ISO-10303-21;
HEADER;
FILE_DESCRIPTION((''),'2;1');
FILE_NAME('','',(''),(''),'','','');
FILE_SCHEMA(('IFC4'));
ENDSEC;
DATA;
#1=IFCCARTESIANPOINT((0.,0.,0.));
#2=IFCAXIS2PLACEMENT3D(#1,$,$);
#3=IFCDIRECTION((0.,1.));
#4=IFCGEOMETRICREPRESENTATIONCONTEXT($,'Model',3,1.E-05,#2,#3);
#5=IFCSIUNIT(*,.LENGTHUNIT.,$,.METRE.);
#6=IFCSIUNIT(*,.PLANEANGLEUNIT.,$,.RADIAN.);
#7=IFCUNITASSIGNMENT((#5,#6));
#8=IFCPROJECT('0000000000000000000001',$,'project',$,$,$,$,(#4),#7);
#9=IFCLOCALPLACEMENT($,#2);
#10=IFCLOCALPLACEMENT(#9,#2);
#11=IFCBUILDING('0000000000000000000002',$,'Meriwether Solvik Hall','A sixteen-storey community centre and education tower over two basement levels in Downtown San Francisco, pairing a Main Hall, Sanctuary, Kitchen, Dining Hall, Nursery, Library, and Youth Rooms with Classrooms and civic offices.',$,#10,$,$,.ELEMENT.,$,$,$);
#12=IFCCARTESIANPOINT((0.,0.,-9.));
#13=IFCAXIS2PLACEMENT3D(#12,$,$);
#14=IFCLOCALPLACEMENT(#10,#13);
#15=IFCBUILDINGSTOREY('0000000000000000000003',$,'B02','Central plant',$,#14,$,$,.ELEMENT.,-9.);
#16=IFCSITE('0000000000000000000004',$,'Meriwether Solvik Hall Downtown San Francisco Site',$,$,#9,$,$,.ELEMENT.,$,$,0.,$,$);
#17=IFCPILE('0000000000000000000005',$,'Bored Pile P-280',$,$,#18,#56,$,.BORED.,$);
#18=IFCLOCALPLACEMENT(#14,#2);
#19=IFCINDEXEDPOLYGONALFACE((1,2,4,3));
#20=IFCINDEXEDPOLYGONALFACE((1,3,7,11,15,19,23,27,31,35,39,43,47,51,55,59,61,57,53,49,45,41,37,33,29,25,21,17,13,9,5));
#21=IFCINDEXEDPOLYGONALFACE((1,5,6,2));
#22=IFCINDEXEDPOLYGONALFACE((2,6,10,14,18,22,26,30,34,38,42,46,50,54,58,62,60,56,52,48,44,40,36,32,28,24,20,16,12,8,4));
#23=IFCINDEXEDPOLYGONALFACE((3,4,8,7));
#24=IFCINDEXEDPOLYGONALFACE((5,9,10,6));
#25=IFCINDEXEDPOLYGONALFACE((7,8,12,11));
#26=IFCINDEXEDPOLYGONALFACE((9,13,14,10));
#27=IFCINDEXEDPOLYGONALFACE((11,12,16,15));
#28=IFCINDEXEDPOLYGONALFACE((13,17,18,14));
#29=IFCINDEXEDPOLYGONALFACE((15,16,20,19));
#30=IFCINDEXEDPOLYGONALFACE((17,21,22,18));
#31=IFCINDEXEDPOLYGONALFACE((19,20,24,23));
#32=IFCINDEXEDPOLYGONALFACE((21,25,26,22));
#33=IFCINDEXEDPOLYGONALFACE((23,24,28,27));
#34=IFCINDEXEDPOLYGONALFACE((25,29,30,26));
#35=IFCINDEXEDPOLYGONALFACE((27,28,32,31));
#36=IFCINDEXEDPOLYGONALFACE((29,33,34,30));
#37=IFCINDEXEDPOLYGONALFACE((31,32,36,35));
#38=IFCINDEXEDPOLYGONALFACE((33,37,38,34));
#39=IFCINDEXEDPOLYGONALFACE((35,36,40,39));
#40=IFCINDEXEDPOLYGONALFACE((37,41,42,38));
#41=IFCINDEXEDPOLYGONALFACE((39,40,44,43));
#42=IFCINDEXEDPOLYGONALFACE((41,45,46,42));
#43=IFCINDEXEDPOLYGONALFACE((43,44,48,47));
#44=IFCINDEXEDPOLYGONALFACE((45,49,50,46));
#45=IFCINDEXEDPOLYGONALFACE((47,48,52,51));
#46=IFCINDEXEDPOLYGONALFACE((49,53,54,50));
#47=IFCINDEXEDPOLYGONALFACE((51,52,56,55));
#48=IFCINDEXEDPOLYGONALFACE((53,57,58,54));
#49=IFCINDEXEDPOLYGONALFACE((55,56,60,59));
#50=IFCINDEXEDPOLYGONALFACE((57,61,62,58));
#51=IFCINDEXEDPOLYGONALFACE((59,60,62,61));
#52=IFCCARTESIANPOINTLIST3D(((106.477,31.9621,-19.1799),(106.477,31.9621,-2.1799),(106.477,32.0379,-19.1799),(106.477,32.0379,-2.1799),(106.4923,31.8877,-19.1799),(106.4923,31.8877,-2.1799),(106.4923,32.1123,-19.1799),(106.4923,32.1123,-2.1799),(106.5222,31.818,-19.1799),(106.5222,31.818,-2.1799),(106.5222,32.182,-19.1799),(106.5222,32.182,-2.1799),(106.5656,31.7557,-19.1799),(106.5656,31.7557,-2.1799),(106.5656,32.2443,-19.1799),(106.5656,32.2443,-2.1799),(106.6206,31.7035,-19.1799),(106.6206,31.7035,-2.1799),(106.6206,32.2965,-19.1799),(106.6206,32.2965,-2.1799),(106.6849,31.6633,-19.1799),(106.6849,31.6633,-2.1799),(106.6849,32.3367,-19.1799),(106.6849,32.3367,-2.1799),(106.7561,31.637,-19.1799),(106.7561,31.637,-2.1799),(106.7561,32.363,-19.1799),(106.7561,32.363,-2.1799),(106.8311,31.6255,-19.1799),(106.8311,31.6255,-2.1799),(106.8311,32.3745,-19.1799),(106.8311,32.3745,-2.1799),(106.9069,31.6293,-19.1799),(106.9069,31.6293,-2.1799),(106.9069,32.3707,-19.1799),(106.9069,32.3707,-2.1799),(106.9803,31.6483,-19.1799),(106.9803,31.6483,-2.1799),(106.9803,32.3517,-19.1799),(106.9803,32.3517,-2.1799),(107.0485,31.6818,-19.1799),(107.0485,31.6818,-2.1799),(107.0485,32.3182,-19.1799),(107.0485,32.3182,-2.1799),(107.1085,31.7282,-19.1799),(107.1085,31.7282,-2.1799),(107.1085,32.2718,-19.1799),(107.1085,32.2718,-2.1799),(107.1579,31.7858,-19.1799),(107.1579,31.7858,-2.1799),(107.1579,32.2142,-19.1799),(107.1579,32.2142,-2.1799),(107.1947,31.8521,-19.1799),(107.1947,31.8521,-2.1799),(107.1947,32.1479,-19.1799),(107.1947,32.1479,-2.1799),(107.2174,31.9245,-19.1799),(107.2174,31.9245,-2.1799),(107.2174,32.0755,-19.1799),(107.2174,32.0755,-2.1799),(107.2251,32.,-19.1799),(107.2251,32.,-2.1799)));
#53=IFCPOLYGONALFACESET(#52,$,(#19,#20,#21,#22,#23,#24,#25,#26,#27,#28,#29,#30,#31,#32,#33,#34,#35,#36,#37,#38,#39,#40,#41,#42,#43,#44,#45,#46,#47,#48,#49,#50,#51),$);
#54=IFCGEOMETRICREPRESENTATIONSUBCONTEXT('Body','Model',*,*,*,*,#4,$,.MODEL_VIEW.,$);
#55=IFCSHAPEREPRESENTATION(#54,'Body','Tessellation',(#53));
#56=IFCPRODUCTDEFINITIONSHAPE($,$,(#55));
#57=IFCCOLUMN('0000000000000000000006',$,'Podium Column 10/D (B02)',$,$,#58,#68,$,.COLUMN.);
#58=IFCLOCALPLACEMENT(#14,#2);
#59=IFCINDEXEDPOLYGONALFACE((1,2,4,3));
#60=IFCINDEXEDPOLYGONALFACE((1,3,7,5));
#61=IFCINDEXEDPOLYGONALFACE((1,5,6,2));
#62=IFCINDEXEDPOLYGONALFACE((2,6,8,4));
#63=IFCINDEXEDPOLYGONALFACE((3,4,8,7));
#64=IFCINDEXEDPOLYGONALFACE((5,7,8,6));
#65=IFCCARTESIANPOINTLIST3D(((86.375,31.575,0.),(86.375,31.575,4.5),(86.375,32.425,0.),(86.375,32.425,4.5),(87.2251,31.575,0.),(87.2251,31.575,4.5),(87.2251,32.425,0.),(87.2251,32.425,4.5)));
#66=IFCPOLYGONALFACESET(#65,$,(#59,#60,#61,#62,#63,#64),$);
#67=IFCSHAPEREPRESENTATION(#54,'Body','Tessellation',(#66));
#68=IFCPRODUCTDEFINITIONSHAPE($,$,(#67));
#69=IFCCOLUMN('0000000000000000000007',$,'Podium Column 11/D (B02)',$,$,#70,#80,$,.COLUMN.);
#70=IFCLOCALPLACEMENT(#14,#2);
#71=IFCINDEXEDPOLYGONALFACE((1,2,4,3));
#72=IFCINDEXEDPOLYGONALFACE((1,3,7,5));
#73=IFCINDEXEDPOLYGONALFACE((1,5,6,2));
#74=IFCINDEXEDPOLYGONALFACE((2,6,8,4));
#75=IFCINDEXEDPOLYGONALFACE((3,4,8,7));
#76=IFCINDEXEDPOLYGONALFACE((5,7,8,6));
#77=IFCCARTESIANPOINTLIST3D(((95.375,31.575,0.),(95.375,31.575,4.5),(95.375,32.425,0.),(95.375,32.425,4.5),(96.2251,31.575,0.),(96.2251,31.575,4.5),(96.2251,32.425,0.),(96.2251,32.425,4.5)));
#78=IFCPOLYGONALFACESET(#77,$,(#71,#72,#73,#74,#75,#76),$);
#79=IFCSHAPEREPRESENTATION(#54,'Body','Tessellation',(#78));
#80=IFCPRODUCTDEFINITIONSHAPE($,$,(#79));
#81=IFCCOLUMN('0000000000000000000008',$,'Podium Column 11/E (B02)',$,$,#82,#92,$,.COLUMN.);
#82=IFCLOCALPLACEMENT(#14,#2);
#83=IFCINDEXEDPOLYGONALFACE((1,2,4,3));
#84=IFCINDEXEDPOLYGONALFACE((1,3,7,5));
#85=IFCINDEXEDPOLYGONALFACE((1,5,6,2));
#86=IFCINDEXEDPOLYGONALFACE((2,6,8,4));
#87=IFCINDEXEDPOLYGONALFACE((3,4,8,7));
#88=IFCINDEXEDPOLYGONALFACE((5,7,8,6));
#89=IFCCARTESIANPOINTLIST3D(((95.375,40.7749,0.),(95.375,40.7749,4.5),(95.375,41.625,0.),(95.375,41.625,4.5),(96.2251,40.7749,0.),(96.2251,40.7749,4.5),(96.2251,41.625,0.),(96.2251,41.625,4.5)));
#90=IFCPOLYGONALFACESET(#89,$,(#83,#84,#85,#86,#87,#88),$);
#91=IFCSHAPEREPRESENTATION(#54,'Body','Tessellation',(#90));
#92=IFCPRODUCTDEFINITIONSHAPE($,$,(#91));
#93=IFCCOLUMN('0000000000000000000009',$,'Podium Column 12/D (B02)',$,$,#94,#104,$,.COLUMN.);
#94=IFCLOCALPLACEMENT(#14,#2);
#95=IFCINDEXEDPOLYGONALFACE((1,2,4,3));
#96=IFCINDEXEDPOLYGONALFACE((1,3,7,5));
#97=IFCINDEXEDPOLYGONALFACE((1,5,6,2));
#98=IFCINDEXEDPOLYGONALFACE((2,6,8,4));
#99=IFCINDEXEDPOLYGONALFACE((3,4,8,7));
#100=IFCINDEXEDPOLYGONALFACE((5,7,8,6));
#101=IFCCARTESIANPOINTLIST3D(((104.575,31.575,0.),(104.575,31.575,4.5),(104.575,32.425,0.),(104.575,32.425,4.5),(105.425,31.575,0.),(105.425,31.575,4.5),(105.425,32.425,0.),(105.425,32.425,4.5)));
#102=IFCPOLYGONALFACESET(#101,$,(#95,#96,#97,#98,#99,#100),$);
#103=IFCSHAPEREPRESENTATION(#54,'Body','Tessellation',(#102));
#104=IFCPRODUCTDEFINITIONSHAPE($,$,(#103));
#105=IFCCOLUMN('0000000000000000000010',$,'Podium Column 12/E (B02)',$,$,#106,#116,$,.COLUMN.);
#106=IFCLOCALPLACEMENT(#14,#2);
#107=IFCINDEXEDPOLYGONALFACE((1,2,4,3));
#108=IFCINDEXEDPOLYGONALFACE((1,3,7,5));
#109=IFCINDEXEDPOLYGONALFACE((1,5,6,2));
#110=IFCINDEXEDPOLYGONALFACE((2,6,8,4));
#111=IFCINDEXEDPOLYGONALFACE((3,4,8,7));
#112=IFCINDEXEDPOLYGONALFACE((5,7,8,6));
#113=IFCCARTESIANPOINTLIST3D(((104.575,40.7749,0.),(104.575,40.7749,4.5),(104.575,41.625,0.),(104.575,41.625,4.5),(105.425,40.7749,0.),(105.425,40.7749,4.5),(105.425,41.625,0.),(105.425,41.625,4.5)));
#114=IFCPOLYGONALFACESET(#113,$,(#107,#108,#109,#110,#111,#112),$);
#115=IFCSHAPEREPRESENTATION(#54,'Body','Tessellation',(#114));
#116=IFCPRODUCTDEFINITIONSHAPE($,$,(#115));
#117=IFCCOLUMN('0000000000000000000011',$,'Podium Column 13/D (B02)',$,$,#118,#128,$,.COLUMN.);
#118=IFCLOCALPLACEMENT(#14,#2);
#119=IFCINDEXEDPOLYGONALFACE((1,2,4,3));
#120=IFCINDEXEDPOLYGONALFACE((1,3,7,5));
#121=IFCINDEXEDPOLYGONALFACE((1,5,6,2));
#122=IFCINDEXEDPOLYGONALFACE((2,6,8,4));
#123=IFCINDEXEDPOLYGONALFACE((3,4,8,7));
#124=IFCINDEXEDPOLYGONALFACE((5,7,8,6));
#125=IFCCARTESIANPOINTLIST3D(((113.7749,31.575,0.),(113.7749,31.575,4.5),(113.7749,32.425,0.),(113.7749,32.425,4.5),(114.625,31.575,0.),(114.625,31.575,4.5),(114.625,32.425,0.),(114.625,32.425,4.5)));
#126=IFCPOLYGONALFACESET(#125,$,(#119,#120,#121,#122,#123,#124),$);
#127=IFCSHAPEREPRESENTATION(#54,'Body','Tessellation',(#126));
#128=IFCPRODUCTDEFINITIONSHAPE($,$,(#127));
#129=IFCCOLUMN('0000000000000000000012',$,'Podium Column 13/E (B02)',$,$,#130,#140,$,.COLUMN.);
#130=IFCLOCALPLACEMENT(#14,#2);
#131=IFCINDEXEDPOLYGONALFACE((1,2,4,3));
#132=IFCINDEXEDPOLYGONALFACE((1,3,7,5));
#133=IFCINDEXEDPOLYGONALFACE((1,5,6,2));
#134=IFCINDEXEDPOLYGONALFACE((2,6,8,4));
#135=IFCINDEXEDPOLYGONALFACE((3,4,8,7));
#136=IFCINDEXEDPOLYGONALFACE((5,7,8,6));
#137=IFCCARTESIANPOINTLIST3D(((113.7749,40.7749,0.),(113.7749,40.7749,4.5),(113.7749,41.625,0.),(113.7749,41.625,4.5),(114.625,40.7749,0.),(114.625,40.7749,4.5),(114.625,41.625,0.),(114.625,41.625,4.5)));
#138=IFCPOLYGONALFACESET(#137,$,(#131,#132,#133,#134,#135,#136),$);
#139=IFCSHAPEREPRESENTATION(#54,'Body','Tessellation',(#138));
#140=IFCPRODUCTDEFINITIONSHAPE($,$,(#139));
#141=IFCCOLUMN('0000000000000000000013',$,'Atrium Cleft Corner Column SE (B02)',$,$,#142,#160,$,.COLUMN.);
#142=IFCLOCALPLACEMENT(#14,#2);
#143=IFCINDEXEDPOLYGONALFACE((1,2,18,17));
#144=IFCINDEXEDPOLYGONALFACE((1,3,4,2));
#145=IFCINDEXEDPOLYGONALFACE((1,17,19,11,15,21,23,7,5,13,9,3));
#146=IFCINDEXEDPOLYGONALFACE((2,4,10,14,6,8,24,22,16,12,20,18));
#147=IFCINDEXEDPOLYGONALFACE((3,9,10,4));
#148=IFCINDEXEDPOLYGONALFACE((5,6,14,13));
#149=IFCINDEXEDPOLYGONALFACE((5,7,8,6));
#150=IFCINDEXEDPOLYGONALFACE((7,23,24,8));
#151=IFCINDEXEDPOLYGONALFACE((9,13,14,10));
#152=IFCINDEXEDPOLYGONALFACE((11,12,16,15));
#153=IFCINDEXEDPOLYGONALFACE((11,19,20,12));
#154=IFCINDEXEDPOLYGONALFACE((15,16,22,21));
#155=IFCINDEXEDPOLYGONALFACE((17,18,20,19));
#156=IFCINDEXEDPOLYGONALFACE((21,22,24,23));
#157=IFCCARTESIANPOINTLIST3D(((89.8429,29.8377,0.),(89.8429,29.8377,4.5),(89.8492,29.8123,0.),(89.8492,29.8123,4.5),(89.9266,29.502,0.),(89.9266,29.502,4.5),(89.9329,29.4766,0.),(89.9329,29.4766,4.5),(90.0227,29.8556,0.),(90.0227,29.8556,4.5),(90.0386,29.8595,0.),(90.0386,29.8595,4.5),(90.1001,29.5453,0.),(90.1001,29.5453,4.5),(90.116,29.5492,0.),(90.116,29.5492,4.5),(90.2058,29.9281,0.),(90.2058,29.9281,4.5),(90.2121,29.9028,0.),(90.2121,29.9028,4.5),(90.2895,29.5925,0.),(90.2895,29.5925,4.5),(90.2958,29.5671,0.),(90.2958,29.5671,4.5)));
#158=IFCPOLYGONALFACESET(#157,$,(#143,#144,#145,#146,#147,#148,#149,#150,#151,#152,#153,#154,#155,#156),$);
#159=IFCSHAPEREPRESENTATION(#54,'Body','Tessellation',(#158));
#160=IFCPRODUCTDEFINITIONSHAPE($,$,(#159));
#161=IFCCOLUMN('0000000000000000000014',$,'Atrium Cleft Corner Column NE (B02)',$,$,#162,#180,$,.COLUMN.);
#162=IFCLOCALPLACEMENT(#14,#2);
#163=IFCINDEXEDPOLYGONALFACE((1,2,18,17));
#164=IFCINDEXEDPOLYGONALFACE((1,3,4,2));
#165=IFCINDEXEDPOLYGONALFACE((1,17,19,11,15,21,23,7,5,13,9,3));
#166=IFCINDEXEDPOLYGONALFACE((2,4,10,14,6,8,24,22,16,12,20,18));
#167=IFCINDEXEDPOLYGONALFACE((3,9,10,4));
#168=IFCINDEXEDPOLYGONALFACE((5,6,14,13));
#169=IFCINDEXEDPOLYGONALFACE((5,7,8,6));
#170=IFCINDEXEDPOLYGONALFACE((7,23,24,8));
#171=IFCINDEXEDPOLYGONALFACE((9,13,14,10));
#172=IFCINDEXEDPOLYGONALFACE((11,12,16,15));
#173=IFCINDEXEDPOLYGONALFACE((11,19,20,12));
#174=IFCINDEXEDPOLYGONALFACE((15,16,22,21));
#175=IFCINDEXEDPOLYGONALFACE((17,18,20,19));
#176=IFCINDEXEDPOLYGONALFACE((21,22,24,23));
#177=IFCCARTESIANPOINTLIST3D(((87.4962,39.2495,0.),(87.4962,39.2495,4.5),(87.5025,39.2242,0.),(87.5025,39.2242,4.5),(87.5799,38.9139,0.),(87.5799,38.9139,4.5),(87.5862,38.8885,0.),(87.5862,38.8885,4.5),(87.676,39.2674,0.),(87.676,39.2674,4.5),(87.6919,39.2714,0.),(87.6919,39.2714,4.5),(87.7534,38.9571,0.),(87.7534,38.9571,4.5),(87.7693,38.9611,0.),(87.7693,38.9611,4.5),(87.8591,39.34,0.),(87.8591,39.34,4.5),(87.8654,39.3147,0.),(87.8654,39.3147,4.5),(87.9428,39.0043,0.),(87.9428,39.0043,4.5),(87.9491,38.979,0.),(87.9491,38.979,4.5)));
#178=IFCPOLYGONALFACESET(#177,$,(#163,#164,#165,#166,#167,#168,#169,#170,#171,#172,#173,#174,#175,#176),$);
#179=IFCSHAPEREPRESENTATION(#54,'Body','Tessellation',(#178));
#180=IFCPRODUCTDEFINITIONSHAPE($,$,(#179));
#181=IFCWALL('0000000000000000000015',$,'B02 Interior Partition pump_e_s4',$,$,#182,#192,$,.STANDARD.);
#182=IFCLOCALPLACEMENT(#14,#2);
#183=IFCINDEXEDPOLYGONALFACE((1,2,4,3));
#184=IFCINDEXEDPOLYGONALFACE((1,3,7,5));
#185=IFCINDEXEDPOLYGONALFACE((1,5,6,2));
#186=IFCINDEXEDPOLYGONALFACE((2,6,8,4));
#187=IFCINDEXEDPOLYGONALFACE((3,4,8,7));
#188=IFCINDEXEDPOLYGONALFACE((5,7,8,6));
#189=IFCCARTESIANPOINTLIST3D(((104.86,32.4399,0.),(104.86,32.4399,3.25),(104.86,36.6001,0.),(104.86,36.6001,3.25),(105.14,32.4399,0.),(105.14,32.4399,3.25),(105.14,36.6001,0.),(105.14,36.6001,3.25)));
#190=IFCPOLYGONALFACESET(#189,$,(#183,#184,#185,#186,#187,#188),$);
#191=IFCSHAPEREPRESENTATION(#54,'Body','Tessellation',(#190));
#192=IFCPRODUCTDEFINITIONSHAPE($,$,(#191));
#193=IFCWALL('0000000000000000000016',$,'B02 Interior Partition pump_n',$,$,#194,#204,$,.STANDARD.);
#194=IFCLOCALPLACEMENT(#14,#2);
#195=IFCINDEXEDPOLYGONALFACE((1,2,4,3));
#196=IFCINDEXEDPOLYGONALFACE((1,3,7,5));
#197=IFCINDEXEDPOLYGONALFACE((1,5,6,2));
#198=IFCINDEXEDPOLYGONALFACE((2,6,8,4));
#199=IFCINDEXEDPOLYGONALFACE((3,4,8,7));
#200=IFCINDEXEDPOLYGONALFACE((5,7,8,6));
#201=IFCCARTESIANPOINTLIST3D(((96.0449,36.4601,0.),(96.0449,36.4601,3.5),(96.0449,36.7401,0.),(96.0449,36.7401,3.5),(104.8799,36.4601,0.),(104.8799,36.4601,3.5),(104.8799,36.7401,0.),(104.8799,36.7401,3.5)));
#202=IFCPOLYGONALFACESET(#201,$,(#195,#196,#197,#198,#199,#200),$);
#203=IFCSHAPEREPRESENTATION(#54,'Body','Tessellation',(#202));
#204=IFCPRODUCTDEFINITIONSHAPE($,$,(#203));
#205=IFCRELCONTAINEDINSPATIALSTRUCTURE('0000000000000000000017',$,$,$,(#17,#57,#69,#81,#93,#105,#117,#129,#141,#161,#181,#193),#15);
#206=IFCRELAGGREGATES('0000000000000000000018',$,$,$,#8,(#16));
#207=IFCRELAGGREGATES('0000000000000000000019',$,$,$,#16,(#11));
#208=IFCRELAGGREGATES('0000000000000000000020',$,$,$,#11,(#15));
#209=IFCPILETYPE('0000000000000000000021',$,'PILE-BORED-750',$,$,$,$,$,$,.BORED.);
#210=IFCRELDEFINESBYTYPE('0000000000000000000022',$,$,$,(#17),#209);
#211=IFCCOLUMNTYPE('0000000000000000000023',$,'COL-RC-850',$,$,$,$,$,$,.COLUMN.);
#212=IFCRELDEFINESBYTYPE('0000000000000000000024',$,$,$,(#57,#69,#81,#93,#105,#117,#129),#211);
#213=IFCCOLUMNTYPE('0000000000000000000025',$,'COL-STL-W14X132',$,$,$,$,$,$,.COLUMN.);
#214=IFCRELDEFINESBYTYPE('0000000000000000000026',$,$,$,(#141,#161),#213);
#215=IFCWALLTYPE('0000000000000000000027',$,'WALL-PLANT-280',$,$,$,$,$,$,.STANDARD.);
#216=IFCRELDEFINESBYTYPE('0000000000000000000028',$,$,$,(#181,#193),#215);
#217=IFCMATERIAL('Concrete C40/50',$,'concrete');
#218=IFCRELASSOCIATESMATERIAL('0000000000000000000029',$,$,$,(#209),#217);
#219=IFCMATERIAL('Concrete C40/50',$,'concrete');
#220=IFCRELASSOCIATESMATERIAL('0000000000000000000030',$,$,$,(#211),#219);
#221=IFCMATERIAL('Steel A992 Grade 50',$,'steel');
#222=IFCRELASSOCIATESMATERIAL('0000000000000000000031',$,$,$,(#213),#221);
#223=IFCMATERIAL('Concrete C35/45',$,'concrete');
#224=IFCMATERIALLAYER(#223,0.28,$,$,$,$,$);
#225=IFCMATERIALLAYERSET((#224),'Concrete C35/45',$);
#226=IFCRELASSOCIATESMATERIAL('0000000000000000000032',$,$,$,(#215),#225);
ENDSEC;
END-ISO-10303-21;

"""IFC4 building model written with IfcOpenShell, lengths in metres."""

from ifc_helpers import new_model, si_unit, direction, frame, frame_2d, origin, origin_2d, place, context, subcontext, project, spatial, rectangle, circle, i_section, extrude, material, layer, layer_set, material_profile, profile_set, type_object, element, save


model = new_model("IFC4")

# Units and contexts
model_context = context("Model", 3, precision=1e-05, world=origin(), true_north=direction((0.0, 1.0)))
body_context = subcontext(model_context, "Body", "Model", "MODEL_VIEW")
ifc_project = project(units=[si_unit("LENGTHUNIT", "METRE"), si_unit("PLANEANGLEUNIT", "RADIAN")], contexts=[model_context])

# Site, building, storey
site_placement = place(None, origin())
site = spatial("IfcSite", under=ifc_project, at=site_placement, Name="Meriwether Solvik Hall Downtown San Francisco Site", CompositionType="ELEMENT", RefElevation=0.0)
building_placement = place(site_placement, origin())
building = spatial("IfcBuilding", under=site, at=building_placement, Name="Meriwether Solvik Hall", Description="A sixteen-storey community centre and education tower over two basement levels in Downtown San Francisco, pairing a Main Hall, Sanctuary, Kitchen, Dining Hall, Nursery, Library, and Youth Rooms with Classrooms and civic offices.", CompositionType="ELEMENT")
storey_placement = place(building_placement, frame((0.0, 0.0, -9.0)))
storey = spatial("IfcBuildingStorey", under=building, at=storey_placement, Name="B02", Description="Central plant", CompositionType="ELEMENT", Elevation=-9.0)

# Pile
ifc_material_1 = material(Name="Concrete C40/50", Category="concrete")
ifc_material_profile_1 = material_profile(ifc_material_1, circle(Radius=0.375, at=origin_2d()), Name="PILE-D750")
ifc_profile_set_1 = profile_set([ifc_material_profile_1], Name="Concrete C40/50")
pile_type_1 = type_object("IfcPileType", Name="PILE-BORED-750", PredefinedType="BORED", material=ifc_profile_set_1)
for number, where, z_axis, x_axis, name in (
    (1, (106.8501, 32.0, -2.1799), (0.0, 0.0, -1.0), (1.0, 0.0, 0.0), "Bored Pile P-280"),
):
    element("IfcPile", number, at=place(storey_placement, frame(where, z_axis=z_axis, x_axis=x_axis)), inside=storey, type_object=pile_type_1, Name=name, PredefinedType="BORED", context=body_context, shape_type="SweptSolid", body=[
        extrude(circle(Radius=0.375, at=origin_2d()), origin(), (0.0, 0.0, 1.0), 17.0),
    ])

# Columns
ifc_material_2 = material(Name="Concrete C40/50", Category="concrete")
ifc_material_profile_2 = material_profile(ifc_material_2, rectangle(XDim=0.8501, YDim=0.8501, at=origin_2d()), Name="RCC-850X850")
ifc_profile_set_2 = profile_set([ifc_material_profile_2], Name="Concrete C40/50")
column_type_1 = type_object("IfcColumnType", Name="COL-RC-850", PredefinedType="COLUMN", material=ifc_profile_set_2)
for number, where, z_axis, x_axis, name in (
    (2, (86.8, 32.0, 0.0), (0.0, 0.0, 1.0), (1.0, 0.0, 0.0), "Podium Column 10/D (B02)"),
    (3, (95.8, 32.0, 0.0), (0.0, 0.0, 1.0), (1.0, 0.0, 0.0), "Podium Column 11/D (B02)"),
    (4, (95.8, 41.2, 0.0), (0.0, 0.0, 1.0), (1.0, 0.0, 0.0), "Podium Column 11/E (B02)"),
    (5, (105.0, 32.0, 0.0), (0.0, 0.0, 1.0), (1.0, 0.0, 0.0), "Podium Column 12/D (B02)"),
    (6, (105.0, 41.2, 0.0), (0.0, 0.0, 1.0), (1.0, 0.0, 0.0), "Podium Column 12/E (B02)"),
    (7, (114.2, 32.0, 0.0), (0.0, 0.0, 1.0), (1.0, 0.0, 0.0), "Podium Column 13/D (B02)"),
    (8, (114.2, 41.2, 0.0), (0.0, 0.0, 1.0), (1.0, 0.0, 0.0), "Podium Column 13/E (B02)"),
):
    element("IfcColumn", number, at=place(storey_placement, frame(where, z_axis=z_axis, x_axis=x_axis)), inside=storey, type_object=column_type_1, Name=name, PredefinedType="COLUMN", context=body_context, shape_type="SweptSolid", body=[
        extrude(rectangle(XDim=0.8501, YDim=0.8501, at=origin_2d()), origin(), (0.0, 0.0, 1.0), 4.5),
    ])
ifc_material_3 = material(Name="Steel A992 Grade 50", Category="steel")
ifc_material_profile_3 = material_profile(ifc_material_3, i_section(OverallWidth=0.374, OverallDepth=0.3721, WebThickness=0.0164, FlangeThickness=0.0261, at=origin_2d()), Name="W14X132")
ifc_profile_set_3 = profile_set([ifc_material_profile_3], Name="Steel A992 Grade 50")
column_type_2 = type_object("IfcColumnType", Name="COL-STL-W14X132", PredefinedType="COLUMN", material=ifc_profile_set_3)
for number, where, z_axis, x_axis, name in (
    (9, (90.0693, 29.7024, 0.0), (0.0, 0.0, 1.0), (0.970296, 0.241922, 0.0), "Atrium Cleft Corner Column SE (B02)"),
    (10, (87.7227, 39.1143, 0.0), (0.0, 0.0, 1.0), (0.970296, 0.241922, 0.0), "Atrium Cleft Corner Column NE (B02)"),
):
    element("IfcColumn", number, at=place(storey_placement, frame(where, z_axis=z_axis, x_axis=x_axis)), inside=storey, type_object=column_type_2, Name=name, PredefinedType="COLUMN", context=body_context, shape_type="SweptSolid", body=[
        extrude(i_section(OverallWidth=0.374, OverallDepth=0.3721, WebThickness=0.0164, FlangeThickness=0.0261, at=origin_2d()), origin(), (0.0, 0.0, 1.0), 4.5),
    ])

# Walls
ifc_material_4 = material(Name="Concrete C35/45", Category="concrete")
ifc_layer_1 = layer(ifc_material_4, 0.28)
ifc_layer_set_1 = layer_set([ifc_layer_1], Name="Concrete C35/45")
wall_type = type_object("IfcWallType", Name="WALL-PLANT-280", PredefinedType="STANDARD", material=ifc_layer_set_1)
wall_1_placement = place(storey_placement, frame((105.0, 32.4399, 0.0), z_axis=(0.0, 0.0, 1.0), x_axis=(0.0, 1.0, 0.0)))
element("IfcWall", 11, at=wall_1_placement, inside=storey, type_object=wall_type, Name="B02 Interior Partition pump_e_s4", PredefinedType="STANDARD", context=body_context, shape_type="SweptSolid", body=[
    extrude(rectangle(XDim=4.1602, YDim=0.28, at=frame_2d((2.0801, 0.0))), origin(), (0.0, 0.0, 1.0), 3.25),
])
wall_2_placement = place(storey_placement, frame((104.8799, 36.6001, 0.0), z_axis=(0.0, 0.0, 1.0), x_axis=(-1.0, 0.0, 0.0)))
element("IfcWall", 12, at=wall_2_placement, inside=storey, type_object=wall_type, Name="B02 Interior Partition pump_n", PredefinedType="STANDARD", context=body_context, shape_type="SweptSolid", body=[
    extrude(rectangle(XDim=8.835, YDim=0.28, at=frame_2d((4.4175, 0.0))), origin(), (0.0, 0.0, 1.0), 3.5),
])

save(model, "model.ifc")
